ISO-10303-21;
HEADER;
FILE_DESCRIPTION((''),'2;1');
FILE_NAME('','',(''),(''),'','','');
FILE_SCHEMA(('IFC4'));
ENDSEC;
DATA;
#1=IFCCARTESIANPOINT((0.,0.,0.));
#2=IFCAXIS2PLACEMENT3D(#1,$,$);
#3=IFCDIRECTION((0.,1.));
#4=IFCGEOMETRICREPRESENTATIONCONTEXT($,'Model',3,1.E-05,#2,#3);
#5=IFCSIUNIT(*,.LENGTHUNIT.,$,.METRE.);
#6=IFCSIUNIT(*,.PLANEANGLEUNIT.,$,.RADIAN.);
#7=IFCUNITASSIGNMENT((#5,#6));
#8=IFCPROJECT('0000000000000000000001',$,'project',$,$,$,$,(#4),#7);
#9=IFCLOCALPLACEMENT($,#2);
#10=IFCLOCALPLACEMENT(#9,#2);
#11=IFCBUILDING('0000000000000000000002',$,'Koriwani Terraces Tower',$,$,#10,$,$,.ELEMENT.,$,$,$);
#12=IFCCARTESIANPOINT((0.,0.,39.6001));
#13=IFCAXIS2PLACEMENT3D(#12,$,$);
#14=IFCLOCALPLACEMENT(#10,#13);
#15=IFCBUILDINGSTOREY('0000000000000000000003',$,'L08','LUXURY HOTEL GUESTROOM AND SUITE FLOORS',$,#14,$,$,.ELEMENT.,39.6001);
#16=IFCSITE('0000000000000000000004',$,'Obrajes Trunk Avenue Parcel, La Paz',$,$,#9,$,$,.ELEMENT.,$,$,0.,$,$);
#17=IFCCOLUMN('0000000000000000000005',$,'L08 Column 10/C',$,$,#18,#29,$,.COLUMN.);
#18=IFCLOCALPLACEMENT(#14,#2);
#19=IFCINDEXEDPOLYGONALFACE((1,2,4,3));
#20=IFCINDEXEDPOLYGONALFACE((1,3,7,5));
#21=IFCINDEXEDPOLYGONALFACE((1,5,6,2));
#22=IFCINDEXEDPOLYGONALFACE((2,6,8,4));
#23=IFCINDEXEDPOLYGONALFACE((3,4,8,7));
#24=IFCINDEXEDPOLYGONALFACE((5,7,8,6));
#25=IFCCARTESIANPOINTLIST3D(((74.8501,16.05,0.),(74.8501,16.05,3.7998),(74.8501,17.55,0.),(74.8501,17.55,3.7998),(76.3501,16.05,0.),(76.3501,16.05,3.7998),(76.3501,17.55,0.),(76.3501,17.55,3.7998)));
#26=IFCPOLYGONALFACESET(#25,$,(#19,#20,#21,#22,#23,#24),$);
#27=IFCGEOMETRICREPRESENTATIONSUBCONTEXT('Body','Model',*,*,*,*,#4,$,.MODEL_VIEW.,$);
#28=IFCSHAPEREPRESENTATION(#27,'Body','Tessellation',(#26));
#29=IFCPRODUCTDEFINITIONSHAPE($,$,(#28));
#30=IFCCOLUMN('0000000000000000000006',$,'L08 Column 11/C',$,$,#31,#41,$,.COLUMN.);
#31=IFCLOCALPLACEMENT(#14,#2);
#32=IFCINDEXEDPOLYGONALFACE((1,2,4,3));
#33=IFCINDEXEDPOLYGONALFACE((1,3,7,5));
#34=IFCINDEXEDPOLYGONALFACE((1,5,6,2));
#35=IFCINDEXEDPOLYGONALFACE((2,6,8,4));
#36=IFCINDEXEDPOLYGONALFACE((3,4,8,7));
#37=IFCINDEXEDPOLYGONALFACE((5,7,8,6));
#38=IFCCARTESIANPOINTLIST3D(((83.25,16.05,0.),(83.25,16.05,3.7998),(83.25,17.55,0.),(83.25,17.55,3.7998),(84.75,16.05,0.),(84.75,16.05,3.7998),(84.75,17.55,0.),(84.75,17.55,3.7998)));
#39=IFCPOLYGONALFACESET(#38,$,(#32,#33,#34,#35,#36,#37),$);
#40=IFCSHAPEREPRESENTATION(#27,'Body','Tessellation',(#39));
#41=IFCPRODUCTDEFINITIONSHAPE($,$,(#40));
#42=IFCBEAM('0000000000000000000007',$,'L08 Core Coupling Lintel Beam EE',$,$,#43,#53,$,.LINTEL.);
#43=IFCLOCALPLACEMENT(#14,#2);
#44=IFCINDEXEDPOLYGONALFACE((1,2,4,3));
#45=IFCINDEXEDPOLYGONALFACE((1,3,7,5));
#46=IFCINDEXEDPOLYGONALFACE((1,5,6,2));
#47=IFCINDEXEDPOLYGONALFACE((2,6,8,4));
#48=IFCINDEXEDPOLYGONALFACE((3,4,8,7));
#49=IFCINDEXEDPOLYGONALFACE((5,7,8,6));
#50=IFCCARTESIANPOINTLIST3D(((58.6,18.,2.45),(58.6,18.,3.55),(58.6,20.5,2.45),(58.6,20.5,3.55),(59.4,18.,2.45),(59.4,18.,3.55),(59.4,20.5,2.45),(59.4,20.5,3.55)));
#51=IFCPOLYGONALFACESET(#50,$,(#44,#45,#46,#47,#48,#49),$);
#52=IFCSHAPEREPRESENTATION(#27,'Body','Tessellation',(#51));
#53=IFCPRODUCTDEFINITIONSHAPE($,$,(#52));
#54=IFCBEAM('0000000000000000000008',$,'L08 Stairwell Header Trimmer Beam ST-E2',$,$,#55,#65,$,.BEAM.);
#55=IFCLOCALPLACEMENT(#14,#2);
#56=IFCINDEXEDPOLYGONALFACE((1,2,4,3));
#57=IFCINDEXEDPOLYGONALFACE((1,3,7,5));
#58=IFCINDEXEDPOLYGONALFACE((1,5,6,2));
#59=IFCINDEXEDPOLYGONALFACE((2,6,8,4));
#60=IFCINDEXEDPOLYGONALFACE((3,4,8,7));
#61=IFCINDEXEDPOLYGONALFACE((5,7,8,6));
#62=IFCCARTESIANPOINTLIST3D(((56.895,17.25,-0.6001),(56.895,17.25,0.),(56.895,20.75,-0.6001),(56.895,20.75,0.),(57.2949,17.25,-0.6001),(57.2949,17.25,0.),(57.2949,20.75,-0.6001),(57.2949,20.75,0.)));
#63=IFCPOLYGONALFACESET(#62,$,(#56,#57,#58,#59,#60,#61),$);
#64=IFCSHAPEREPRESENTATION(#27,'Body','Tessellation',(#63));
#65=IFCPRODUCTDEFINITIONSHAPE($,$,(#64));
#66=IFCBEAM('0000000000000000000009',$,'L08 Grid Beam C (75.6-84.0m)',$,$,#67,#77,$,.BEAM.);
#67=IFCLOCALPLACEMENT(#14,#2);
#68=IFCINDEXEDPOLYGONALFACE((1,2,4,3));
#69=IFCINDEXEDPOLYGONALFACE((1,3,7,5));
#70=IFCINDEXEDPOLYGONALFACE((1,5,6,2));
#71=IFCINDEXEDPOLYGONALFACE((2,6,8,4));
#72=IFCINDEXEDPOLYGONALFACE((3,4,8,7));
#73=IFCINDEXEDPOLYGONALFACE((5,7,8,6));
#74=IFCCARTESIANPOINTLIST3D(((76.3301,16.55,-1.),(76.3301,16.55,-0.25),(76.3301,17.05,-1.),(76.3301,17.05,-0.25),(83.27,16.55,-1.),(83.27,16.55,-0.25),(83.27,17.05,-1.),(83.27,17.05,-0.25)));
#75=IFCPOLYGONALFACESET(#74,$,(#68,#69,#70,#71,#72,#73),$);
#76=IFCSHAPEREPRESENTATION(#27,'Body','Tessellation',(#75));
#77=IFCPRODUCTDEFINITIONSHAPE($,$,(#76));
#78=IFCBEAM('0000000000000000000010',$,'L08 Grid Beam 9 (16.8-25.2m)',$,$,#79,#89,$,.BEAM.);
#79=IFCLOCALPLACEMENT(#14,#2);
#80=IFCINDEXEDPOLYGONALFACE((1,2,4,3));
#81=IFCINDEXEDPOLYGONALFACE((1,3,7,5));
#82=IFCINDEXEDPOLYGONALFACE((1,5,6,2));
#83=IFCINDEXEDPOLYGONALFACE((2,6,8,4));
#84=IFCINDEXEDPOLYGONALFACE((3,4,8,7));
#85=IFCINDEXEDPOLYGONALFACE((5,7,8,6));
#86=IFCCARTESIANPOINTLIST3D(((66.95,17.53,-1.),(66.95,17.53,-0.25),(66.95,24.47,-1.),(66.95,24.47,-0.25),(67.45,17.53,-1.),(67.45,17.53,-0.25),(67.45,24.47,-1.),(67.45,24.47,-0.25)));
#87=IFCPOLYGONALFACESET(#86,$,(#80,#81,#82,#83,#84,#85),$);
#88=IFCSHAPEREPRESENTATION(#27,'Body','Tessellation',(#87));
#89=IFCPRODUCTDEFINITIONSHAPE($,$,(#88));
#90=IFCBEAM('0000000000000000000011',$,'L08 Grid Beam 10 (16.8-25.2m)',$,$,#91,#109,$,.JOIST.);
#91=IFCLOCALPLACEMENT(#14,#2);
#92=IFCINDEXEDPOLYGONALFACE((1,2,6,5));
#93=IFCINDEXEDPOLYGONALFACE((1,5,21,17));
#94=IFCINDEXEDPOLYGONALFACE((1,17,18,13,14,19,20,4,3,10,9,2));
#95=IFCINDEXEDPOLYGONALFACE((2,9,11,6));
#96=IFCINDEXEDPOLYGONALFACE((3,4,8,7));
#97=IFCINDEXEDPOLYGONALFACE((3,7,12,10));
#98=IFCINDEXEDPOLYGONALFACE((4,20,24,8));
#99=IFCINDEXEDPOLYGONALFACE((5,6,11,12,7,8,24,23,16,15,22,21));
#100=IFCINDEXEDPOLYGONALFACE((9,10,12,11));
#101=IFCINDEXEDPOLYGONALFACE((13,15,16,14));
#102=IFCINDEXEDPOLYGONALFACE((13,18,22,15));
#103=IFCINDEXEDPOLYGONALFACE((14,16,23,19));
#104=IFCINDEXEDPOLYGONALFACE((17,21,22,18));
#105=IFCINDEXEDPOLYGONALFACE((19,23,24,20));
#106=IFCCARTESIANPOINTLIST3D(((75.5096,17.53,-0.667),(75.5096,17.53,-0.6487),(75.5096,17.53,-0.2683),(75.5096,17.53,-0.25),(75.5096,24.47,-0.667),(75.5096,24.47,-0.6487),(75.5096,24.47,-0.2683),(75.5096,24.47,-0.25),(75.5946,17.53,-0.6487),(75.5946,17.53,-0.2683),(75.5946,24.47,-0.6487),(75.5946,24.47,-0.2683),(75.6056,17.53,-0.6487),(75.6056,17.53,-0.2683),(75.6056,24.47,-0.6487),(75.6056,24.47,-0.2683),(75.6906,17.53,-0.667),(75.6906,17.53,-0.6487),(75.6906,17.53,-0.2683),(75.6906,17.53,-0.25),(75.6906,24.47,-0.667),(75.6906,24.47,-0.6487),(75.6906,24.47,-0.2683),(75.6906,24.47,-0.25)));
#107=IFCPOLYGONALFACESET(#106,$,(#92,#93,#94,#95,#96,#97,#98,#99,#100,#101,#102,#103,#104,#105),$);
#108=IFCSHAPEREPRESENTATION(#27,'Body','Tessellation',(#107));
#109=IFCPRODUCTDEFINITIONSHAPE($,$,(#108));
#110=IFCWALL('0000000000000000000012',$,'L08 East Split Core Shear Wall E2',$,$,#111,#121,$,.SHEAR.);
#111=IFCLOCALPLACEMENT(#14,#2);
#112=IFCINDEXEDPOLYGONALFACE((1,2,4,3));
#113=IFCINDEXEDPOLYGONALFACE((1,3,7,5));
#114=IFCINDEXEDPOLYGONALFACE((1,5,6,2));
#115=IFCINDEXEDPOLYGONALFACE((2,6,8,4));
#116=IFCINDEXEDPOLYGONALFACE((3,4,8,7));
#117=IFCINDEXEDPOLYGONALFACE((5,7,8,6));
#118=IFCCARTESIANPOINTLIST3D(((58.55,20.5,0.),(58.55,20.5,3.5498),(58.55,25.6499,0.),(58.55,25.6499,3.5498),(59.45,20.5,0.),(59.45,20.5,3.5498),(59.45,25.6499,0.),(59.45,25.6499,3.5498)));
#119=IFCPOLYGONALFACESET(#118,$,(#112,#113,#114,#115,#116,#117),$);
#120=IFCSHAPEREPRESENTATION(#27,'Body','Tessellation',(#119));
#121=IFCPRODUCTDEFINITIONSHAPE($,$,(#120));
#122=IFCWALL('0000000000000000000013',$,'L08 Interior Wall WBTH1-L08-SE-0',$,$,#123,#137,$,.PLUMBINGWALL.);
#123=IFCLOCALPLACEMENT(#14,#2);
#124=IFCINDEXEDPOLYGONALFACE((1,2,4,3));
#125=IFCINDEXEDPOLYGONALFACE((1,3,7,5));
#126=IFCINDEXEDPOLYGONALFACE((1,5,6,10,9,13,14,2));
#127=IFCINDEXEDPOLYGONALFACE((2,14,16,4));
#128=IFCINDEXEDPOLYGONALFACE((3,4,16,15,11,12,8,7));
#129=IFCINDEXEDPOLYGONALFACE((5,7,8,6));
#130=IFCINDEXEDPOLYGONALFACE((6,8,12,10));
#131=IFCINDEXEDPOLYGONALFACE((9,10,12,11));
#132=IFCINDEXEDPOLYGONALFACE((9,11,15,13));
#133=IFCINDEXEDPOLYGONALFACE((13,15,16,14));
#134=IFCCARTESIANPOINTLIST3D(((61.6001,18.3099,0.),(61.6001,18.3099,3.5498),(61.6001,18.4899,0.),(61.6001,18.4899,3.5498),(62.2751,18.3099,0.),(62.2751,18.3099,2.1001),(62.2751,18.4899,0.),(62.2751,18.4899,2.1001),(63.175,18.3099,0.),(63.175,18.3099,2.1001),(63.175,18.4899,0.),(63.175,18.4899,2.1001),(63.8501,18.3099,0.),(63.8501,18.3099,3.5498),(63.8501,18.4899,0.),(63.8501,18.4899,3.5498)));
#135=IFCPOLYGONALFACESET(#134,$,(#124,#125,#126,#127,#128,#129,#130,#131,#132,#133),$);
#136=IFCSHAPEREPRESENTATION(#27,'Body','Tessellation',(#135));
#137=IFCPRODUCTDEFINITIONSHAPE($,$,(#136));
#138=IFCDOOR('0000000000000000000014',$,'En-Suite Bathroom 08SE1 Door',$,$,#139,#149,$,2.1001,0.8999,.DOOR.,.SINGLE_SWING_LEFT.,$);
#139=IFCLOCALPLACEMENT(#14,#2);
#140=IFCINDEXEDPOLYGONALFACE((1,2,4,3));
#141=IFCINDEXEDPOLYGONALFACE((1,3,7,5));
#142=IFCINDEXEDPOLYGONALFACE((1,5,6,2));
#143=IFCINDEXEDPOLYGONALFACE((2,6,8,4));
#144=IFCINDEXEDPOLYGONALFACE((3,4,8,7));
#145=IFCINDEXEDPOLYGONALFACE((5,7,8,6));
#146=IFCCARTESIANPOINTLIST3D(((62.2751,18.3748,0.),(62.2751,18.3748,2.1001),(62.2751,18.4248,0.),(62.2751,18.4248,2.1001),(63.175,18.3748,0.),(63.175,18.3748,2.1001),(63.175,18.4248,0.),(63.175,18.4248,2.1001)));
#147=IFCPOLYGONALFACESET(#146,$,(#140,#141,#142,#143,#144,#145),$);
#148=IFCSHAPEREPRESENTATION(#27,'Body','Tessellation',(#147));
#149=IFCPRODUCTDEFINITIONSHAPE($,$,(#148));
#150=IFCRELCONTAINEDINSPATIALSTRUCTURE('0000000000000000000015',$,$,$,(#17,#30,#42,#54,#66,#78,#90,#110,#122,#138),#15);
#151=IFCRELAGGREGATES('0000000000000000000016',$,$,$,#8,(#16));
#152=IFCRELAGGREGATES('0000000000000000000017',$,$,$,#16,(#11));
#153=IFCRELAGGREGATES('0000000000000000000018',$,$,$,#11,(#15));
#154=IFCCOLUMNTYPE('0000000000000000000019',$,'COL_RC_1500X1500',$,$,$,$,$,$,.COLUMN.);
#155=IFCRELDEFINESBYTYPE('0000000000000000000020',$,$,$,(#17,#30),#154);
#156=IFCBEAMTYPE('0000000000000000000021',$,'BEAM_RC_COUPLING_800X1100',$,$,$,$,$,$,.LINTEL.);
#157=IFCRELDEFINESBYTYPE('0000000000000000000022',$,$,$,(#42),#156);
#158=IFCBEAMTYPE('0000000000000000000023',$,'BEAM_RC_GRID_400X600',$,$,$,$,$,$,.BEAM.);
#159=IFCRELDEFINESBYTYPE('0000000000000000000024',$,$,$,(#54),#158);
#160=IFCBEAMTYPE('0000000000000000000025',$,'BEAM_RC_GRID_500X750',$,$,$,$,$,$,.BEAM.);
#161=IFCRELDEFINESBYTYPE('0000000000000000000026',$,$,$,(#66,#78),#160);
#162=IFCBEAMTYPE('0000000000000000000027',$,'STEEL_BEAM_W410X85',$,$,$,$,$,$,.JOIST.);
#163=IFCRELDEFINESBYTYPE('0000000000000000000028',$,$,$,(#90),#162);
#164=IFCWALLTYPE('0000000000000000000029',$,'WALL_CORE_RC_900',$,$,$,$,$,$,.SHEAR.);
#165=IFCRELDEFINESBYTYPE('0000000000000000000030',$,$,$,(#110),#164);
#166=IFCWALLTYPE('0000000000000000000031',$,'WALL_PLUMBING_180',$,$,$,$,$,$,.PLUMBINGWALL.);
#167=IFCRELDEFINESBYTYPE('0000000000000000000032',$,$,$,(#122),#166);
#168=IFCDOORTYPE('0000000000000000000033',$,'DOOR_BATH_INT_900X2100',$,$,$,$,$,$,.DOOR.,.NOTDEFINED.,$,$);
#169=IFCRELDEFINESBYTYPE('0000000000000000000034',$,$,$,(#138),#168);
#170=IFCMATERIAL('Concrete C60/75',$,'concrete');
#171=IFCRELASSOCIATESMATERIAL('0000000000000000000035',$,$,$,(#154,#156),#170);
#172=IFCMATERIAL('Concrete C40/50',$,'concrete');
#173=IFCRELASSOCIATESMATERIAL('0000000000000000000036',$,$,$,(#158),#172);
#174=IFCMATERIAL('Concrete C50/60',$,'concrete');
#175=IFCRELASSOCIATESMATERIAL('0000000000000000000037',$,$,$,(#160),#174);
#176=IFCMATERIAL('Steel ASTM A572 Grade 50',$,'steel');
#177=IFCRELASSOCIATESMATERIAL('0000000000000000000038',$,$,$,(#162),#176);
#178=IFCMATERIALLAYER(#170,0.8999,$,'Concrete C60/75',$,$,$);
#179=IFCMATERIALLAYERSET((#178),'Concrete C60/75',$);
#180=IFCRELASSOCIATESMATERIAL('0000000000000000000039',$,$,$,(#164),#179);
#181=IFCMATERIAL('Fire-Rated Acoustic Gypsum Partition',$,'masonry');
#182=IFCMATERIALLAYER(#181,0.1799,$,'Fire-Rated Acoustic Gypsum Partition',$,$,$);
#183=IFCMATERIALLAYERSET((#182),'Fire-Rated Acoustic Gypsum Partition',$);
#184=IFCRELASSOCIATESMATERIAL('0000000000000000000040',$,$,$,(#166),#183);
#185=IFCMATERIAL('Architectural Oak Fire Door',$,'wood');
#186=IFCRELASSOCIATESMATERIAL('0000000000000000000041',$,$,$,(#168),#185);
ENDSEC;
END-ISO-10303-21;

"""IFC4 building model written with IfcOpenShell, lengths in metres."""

from ifc_helpers import new_model, si_unit, direction, frame, frame_2d, origin, origin_2d, place, context, subcontext, project, spatial, rectangle, i_section, extrude, material, layer, layer_set, material_profile, profile_set, type_object, element, fill, save


model = new_model("IFC4")

# Units and contexts
model_context = context("Model", 3, precision=1e-05, world=origin(), true_north=direction((0.0, 1.0)))
body_context = subcontext(model_context, "Body", "Model", "MODEL_VIEW")
ifc_project = project(units=[si_unit("LENGTHUNIT", "METRE"), si_unit("PLANEANGLEUNIT", "RADIAN")], contexts=[model_context])

# Site, building, storey
site_placement = place(None, origin())
site = spatial("IfcSite", under=ifc_project, at=site_placement, Name="Obrajes Trunk Avenue Parcel, La Paz", CompositionType="ELEMENT", RefElevation=0.0)
building_placement = place(site_placement, origin())
building = spatial("IfcBuilding", under=site, at=building_placement, Name="Koriwani Terraces Tower", CompositionType="ELEMENT")
storey_placement = place(building_placement, frame((0.0, 0.0, 39.6001)))
storey = spatial("IfcBuildingStorey", under=building, at=storey_placement, Name="L08", Description="LUXURY HOTEL GUESTROOM AND SUITE FLOORS", CompositionType="ELEMENT", Elevation=39.6001)

# Columns
ifc_material_1 = material(Name="Concrete C60/75", Category="concrete")
ifc_material_profile_1 = material_profile(ifc_material_1, rectangle(XDim=1.5, YDim=1.5, at=origin_2d()), Name="Concrete C60/75", Category="LoadBearing")
ifc_profile_set_1 = profile_set([ifc_material_profile_1], Name="Concrete C60/75")
column_type = type_object("IfcColumnType", Name="COL_RC_1500X1500", PredefinedType="COLUMN", material=ifc_profile_set_1)
for number, where, z_axis, x_axis, name in (
    (1, (75.6001, 16.8, 0.0), (0.0, 0.0, 1.0), (1.0, 0.0, 0.0), "L08 Column 10/C"),
    (2, (84.0, 16.8, 0.0), (0.0, 0.0, 1.0), (1.0, 0.0, 0.0), "L08 Column 11/C"),
):
    element("IfcColumn", number, at=place(storey_placement, frame(where, z_axis=z_axis, x_axis=x_axis)), inside=storey, type_object=column_type, Name=name, PredefinedType="COLUMN", context=body_context, shape_type="SweptSolid", body=[
        extrude(rectangle(XDim=1.5, YDim=1.5, at=origin_2d()), origin(), (0.0, 0.0, 1.0), 3.7998),
    ])

# Beams
ifc_material_profile_2 = material_profile(ifc_material_1, rectangle(XDim=0.8, YDim=1.1001, at=origin_2d()), Name="Concrete C60/75", Category="LoadBearing")
ifc_profile_set_2 = profile_set([ifc_material_profile_2], Name="Concrete C60/75")
beam_type_1 = type_object("IfcBeamType", Name="BEAM_RC_COUPLING_800X1100", PredefinedType="LINTEL", material=ifc_profile_set_2)
beam_1_placement = place(storey_placement, frame((59.0, 18.0, 3.0), z_axis=(0.0, 1.0, 0.0), x_axis=(-1.0, 0.0, 0.0)))
element("IfcBeam", 3, at=beam_1_placement, inside=storey, type_object=beam_type_1, Name="L08 Core Coupling Lintel Beam EE", PredefinedType="LINTEL", context=body_context, shape_type="SweptSolid", body=[
    extrude(rectangle(XDim=0.8, YDim=1.1001, at=origin_2d()), origin(), (0.0, 0.0, 1.0), 2.5),
])
ifc_material_2 = material(Name="Concrete C40/50", Category="concrete")
ifc_material_profile_3 = material_profile(ifc_material_2, rectangle(XDim=0.3999, YDim=0.6001, at=origin_2d()), Name="Concrete C40/50", Category="LoadBearing")
ifc_profile_set_3 = profile_set([ifc_material_profile_3], Name="Concrete C40/50")
beam_type_2 = type_object("IfcBeamType", Name="BEAM_RC_GRID_400X600", PredefinedType="BEAM", material=ifc_profile_set_3)
beam_2_placement = place(storey_placement, frame((57.095, 17.25, -0.3), z_axis=(0.0, 1.0, 0.0), x_axis=(-1.0, 0.0, 0.0)))
element("IfcBeam", 4, at=beam_2_placement, inside=storey, type_object=beam_type_2, Name="L08 Stairwell Header Trimmer Beam ST-E2", PredefinedType="BEAM", context=body_context, shape_type="SweptSolid", body=[
    extrude(rectangle(XDim=0.3999, YDim=0.6001, at=origin_2d()), origin(), (0.0, 0.0, 1.0), 3.5),
])
ifc_material_3 = material(Name="Concrete C50/60", Category="concrete")
ifc_material_profile_4 = material_profile(ifc_material_3, rectangle(XDim=0.5, YDim=0.75, at=origin_2d()), Name="Concrete C50/60", Category="LoadBearing")
ifc_profile_set_4 = profile_set([ifc_material_profile_4], Name="Concrete C50/60")
beam_type_3 = type_object("IfcBeamType", Name="BEAM_RC_GRID_500X750", PredefinedType="BEAM", material=ifc_profile_set_4)
for number, where, z_axis, x_axis, name in (
    (5, (76.3301, 16.8, -0.625), (1.0, 0.0, 0.0), (0.0, 1.0, 0.0), "L08 Grid Beam C (75.6-84.0m)"),
    (6, (67.2, 17.53, -0.625), (0.0, 1.0, 0.0), (-1.0, 0.0, 0.0), "L08 Grid Beam 9 (16.8-25.2m)"),
):
    element("IfcBeam", number, at=place(storey_placement, frame(where, z_axis=z_axis, x_axis=x_axis)), inside=storey, type_object=beam_type_3, Name=name, PredefinedType="BEAM", context=body_context, shape_type="SweptSolid", body=[
        extrude(rectangle(XDim=0.5, YDim=0.75, at=origin_2d()), origin(), (0.0, 0.0, 1.0), 6.9399),
    ])
ifc_material_4 = material(Name="Steel ASTM A572 Grade 50", Category="steel")
ifc_material_profile_5 = material_profile(ifc_material_4, i_section(OverallWidth=0.1809, OverallDepth=0.417, WebThickness=0.011, FlangeThickness=0.0183, at=origin_2d()), Name="Steel ASTM A572 Grade 50", Category="LoadBearing")
ifc_profile_set_5 = profile_set([ifc_material_profile_5], Name="Steel ASTM A572 Grade 50")
beam_type_4 = type_object("IfcBeamType", Name="STEEL_BEAM_W410X85", PredefinedType="JOIST", material=ifc_profile_set_5)
beam_3_placement = place(storey_placement, frame((75.6001, 17.53, -0.4585), z_axis=(0.0, 1.0, 0.0), x_axis=(-1.0, 0.0, 0.0)))
element("IfcBeam", 7, at=beam_3_placement, inside=storey, type_object=beam_type_4, Name="L08 Grid Beam 10 (16.8-25.2m)", PredefinedType="JOIST", context=body_context, shape_type="SweptSolid", body=[
    extrude(i_section(OverallWidth=0.1809, OverallDepth=0.417, WebThickness=0.011, FlangeThickness=0.0183, at=origin_2d()), origin(), (0.0, 0.0, 1.0), 6.9399),
])

# Wall
ifc_layer_1 = layer(ifc_material_1, 0.8999, Name="Concrete C60/75")
ifc_layer_set_1 = layer_set([ifc_layer_1], Name="Concrete C60/75")
wall_type_1 = type_object("IfcWallType", Name="WALL_CORE_RC_900", PredefinedType="SHEAR", material=ifc_layer_set_1)
wall_1_placement = place(storey_placement, frame((59.0, 20.5, 0.0), z_axis=(0.0, 0.0, 1.0), x_axis=(0.0, 1.0, 0.0)))
element("IfcWall", 8, at=wall_1_placement, inside=storey, type_object=wall_type_1, Name="L08 East Split Core Shear Wall E2", PredefinedType="SHEAR", context=body_context, shape_type="SweptSolid", body=[
    extrude(rectangle(XDim=5.1499, YDim=0.8999, at=frame_2d((2.575, 0.0))), origin(), (0.0, 0.0, 1.0), 3.5498),
])

# Wall, opening, door
ifc_material_5 = material(Name="Fire-Rated Acoustic Gypsum Partition", Category="masonry")
ifc_layer_2 = layer(ifc_material_5, 0.1799, Name="Fire-Rated Acoustic Gypsum Partition")
ifc_layer_set_2 = layer_set([ifc_layer_2], Name="Fire-Rated Acoustic Gypsum Partition")
wall_type_2 = type_object("IfcWallType", Name="WALL_PLUMBING_180", PredefinedType="PLUMBINGWALL", material=ifc_layer_set_2)
wall_2_placement = place(storey_placement, frame((61.6001, 18.3999, 0.0), z_axis=(0.0, 0.0, 1.0), x_axis=(1.0, 0.0, 0.0)))
wall_2 = element("IfcWall", 9, at=wall_2_placement, inside=storey, type_object=wall_type_2, Name="L08 Interior Wall WBTH1-L08-SE-0", PredefinedType="PLUMBINGWALL", context=body_context, shape_type="SweptSolid", body=[
    extrude(rectangle(XDim=2.25, YDim=0.1799, at=frame_2d((1.125, 0.0))), origin(), (0.0, 0.0, 1.0), 3.5498),
])
opening_1_placement = place(wall_2_placement, frame((0.675, 0.0, 0.0)))
opening_1 = element("IfcOpeningElement", 10, at=opening_1_placement, cuts=wall_2, PredefinedType="OPENING", context=body_context, shape_type="SweptSolid", body=[
    extrude(rectangle(XDim=0.8999, YDim=2.1001, at=frame_2d((0.45, 1.05))), frame((0.0, 0.1001, 0.0), z_axis=(0.0, -1.0, 0.0), x_axis=(1.0, 0.0, 0.0)), (0.0, 0.0, 1.0), 0.2),
])
ifc_material_6 = material(Name="Architectural Oak Fire Door", Category="wood")
door_type_1 = type_object("IfcDoorType", Name="DOOR_BATH_INT_900X2100", OperationType="NOTDEFINED", PredefinedType="DOOR", material=ifc_material_6)
door_1_placement = place(opening_1_placement, origin())
door_1 = element("IfcDoor", 11, at=door_1_placement, inside=storey, type_object=door_type_1, Name="En-Suite Bathroom 08SE1 Door", OperationType="SINGLE_SWING_LEFT", OverallHeight=2.1001, OverallWidth=0.8999, PredefinedType="DOOR", context=body_context, shape_type="SweptSolid", body=[
    extrude(rectangle(XDim=0.8999, YDim=2.1001, at=frame_2d((0.45, 1.05))), frame((0.0, 0.0249, 0.0), z_axis=(0.0, -1.0, 0.0), x_axis=(1.0, 0.0, 0.0)), (0.0, 0.0, 1.0), 0.05),
])
fill(opening_1, door_1)

save(model, "model.ifc")
